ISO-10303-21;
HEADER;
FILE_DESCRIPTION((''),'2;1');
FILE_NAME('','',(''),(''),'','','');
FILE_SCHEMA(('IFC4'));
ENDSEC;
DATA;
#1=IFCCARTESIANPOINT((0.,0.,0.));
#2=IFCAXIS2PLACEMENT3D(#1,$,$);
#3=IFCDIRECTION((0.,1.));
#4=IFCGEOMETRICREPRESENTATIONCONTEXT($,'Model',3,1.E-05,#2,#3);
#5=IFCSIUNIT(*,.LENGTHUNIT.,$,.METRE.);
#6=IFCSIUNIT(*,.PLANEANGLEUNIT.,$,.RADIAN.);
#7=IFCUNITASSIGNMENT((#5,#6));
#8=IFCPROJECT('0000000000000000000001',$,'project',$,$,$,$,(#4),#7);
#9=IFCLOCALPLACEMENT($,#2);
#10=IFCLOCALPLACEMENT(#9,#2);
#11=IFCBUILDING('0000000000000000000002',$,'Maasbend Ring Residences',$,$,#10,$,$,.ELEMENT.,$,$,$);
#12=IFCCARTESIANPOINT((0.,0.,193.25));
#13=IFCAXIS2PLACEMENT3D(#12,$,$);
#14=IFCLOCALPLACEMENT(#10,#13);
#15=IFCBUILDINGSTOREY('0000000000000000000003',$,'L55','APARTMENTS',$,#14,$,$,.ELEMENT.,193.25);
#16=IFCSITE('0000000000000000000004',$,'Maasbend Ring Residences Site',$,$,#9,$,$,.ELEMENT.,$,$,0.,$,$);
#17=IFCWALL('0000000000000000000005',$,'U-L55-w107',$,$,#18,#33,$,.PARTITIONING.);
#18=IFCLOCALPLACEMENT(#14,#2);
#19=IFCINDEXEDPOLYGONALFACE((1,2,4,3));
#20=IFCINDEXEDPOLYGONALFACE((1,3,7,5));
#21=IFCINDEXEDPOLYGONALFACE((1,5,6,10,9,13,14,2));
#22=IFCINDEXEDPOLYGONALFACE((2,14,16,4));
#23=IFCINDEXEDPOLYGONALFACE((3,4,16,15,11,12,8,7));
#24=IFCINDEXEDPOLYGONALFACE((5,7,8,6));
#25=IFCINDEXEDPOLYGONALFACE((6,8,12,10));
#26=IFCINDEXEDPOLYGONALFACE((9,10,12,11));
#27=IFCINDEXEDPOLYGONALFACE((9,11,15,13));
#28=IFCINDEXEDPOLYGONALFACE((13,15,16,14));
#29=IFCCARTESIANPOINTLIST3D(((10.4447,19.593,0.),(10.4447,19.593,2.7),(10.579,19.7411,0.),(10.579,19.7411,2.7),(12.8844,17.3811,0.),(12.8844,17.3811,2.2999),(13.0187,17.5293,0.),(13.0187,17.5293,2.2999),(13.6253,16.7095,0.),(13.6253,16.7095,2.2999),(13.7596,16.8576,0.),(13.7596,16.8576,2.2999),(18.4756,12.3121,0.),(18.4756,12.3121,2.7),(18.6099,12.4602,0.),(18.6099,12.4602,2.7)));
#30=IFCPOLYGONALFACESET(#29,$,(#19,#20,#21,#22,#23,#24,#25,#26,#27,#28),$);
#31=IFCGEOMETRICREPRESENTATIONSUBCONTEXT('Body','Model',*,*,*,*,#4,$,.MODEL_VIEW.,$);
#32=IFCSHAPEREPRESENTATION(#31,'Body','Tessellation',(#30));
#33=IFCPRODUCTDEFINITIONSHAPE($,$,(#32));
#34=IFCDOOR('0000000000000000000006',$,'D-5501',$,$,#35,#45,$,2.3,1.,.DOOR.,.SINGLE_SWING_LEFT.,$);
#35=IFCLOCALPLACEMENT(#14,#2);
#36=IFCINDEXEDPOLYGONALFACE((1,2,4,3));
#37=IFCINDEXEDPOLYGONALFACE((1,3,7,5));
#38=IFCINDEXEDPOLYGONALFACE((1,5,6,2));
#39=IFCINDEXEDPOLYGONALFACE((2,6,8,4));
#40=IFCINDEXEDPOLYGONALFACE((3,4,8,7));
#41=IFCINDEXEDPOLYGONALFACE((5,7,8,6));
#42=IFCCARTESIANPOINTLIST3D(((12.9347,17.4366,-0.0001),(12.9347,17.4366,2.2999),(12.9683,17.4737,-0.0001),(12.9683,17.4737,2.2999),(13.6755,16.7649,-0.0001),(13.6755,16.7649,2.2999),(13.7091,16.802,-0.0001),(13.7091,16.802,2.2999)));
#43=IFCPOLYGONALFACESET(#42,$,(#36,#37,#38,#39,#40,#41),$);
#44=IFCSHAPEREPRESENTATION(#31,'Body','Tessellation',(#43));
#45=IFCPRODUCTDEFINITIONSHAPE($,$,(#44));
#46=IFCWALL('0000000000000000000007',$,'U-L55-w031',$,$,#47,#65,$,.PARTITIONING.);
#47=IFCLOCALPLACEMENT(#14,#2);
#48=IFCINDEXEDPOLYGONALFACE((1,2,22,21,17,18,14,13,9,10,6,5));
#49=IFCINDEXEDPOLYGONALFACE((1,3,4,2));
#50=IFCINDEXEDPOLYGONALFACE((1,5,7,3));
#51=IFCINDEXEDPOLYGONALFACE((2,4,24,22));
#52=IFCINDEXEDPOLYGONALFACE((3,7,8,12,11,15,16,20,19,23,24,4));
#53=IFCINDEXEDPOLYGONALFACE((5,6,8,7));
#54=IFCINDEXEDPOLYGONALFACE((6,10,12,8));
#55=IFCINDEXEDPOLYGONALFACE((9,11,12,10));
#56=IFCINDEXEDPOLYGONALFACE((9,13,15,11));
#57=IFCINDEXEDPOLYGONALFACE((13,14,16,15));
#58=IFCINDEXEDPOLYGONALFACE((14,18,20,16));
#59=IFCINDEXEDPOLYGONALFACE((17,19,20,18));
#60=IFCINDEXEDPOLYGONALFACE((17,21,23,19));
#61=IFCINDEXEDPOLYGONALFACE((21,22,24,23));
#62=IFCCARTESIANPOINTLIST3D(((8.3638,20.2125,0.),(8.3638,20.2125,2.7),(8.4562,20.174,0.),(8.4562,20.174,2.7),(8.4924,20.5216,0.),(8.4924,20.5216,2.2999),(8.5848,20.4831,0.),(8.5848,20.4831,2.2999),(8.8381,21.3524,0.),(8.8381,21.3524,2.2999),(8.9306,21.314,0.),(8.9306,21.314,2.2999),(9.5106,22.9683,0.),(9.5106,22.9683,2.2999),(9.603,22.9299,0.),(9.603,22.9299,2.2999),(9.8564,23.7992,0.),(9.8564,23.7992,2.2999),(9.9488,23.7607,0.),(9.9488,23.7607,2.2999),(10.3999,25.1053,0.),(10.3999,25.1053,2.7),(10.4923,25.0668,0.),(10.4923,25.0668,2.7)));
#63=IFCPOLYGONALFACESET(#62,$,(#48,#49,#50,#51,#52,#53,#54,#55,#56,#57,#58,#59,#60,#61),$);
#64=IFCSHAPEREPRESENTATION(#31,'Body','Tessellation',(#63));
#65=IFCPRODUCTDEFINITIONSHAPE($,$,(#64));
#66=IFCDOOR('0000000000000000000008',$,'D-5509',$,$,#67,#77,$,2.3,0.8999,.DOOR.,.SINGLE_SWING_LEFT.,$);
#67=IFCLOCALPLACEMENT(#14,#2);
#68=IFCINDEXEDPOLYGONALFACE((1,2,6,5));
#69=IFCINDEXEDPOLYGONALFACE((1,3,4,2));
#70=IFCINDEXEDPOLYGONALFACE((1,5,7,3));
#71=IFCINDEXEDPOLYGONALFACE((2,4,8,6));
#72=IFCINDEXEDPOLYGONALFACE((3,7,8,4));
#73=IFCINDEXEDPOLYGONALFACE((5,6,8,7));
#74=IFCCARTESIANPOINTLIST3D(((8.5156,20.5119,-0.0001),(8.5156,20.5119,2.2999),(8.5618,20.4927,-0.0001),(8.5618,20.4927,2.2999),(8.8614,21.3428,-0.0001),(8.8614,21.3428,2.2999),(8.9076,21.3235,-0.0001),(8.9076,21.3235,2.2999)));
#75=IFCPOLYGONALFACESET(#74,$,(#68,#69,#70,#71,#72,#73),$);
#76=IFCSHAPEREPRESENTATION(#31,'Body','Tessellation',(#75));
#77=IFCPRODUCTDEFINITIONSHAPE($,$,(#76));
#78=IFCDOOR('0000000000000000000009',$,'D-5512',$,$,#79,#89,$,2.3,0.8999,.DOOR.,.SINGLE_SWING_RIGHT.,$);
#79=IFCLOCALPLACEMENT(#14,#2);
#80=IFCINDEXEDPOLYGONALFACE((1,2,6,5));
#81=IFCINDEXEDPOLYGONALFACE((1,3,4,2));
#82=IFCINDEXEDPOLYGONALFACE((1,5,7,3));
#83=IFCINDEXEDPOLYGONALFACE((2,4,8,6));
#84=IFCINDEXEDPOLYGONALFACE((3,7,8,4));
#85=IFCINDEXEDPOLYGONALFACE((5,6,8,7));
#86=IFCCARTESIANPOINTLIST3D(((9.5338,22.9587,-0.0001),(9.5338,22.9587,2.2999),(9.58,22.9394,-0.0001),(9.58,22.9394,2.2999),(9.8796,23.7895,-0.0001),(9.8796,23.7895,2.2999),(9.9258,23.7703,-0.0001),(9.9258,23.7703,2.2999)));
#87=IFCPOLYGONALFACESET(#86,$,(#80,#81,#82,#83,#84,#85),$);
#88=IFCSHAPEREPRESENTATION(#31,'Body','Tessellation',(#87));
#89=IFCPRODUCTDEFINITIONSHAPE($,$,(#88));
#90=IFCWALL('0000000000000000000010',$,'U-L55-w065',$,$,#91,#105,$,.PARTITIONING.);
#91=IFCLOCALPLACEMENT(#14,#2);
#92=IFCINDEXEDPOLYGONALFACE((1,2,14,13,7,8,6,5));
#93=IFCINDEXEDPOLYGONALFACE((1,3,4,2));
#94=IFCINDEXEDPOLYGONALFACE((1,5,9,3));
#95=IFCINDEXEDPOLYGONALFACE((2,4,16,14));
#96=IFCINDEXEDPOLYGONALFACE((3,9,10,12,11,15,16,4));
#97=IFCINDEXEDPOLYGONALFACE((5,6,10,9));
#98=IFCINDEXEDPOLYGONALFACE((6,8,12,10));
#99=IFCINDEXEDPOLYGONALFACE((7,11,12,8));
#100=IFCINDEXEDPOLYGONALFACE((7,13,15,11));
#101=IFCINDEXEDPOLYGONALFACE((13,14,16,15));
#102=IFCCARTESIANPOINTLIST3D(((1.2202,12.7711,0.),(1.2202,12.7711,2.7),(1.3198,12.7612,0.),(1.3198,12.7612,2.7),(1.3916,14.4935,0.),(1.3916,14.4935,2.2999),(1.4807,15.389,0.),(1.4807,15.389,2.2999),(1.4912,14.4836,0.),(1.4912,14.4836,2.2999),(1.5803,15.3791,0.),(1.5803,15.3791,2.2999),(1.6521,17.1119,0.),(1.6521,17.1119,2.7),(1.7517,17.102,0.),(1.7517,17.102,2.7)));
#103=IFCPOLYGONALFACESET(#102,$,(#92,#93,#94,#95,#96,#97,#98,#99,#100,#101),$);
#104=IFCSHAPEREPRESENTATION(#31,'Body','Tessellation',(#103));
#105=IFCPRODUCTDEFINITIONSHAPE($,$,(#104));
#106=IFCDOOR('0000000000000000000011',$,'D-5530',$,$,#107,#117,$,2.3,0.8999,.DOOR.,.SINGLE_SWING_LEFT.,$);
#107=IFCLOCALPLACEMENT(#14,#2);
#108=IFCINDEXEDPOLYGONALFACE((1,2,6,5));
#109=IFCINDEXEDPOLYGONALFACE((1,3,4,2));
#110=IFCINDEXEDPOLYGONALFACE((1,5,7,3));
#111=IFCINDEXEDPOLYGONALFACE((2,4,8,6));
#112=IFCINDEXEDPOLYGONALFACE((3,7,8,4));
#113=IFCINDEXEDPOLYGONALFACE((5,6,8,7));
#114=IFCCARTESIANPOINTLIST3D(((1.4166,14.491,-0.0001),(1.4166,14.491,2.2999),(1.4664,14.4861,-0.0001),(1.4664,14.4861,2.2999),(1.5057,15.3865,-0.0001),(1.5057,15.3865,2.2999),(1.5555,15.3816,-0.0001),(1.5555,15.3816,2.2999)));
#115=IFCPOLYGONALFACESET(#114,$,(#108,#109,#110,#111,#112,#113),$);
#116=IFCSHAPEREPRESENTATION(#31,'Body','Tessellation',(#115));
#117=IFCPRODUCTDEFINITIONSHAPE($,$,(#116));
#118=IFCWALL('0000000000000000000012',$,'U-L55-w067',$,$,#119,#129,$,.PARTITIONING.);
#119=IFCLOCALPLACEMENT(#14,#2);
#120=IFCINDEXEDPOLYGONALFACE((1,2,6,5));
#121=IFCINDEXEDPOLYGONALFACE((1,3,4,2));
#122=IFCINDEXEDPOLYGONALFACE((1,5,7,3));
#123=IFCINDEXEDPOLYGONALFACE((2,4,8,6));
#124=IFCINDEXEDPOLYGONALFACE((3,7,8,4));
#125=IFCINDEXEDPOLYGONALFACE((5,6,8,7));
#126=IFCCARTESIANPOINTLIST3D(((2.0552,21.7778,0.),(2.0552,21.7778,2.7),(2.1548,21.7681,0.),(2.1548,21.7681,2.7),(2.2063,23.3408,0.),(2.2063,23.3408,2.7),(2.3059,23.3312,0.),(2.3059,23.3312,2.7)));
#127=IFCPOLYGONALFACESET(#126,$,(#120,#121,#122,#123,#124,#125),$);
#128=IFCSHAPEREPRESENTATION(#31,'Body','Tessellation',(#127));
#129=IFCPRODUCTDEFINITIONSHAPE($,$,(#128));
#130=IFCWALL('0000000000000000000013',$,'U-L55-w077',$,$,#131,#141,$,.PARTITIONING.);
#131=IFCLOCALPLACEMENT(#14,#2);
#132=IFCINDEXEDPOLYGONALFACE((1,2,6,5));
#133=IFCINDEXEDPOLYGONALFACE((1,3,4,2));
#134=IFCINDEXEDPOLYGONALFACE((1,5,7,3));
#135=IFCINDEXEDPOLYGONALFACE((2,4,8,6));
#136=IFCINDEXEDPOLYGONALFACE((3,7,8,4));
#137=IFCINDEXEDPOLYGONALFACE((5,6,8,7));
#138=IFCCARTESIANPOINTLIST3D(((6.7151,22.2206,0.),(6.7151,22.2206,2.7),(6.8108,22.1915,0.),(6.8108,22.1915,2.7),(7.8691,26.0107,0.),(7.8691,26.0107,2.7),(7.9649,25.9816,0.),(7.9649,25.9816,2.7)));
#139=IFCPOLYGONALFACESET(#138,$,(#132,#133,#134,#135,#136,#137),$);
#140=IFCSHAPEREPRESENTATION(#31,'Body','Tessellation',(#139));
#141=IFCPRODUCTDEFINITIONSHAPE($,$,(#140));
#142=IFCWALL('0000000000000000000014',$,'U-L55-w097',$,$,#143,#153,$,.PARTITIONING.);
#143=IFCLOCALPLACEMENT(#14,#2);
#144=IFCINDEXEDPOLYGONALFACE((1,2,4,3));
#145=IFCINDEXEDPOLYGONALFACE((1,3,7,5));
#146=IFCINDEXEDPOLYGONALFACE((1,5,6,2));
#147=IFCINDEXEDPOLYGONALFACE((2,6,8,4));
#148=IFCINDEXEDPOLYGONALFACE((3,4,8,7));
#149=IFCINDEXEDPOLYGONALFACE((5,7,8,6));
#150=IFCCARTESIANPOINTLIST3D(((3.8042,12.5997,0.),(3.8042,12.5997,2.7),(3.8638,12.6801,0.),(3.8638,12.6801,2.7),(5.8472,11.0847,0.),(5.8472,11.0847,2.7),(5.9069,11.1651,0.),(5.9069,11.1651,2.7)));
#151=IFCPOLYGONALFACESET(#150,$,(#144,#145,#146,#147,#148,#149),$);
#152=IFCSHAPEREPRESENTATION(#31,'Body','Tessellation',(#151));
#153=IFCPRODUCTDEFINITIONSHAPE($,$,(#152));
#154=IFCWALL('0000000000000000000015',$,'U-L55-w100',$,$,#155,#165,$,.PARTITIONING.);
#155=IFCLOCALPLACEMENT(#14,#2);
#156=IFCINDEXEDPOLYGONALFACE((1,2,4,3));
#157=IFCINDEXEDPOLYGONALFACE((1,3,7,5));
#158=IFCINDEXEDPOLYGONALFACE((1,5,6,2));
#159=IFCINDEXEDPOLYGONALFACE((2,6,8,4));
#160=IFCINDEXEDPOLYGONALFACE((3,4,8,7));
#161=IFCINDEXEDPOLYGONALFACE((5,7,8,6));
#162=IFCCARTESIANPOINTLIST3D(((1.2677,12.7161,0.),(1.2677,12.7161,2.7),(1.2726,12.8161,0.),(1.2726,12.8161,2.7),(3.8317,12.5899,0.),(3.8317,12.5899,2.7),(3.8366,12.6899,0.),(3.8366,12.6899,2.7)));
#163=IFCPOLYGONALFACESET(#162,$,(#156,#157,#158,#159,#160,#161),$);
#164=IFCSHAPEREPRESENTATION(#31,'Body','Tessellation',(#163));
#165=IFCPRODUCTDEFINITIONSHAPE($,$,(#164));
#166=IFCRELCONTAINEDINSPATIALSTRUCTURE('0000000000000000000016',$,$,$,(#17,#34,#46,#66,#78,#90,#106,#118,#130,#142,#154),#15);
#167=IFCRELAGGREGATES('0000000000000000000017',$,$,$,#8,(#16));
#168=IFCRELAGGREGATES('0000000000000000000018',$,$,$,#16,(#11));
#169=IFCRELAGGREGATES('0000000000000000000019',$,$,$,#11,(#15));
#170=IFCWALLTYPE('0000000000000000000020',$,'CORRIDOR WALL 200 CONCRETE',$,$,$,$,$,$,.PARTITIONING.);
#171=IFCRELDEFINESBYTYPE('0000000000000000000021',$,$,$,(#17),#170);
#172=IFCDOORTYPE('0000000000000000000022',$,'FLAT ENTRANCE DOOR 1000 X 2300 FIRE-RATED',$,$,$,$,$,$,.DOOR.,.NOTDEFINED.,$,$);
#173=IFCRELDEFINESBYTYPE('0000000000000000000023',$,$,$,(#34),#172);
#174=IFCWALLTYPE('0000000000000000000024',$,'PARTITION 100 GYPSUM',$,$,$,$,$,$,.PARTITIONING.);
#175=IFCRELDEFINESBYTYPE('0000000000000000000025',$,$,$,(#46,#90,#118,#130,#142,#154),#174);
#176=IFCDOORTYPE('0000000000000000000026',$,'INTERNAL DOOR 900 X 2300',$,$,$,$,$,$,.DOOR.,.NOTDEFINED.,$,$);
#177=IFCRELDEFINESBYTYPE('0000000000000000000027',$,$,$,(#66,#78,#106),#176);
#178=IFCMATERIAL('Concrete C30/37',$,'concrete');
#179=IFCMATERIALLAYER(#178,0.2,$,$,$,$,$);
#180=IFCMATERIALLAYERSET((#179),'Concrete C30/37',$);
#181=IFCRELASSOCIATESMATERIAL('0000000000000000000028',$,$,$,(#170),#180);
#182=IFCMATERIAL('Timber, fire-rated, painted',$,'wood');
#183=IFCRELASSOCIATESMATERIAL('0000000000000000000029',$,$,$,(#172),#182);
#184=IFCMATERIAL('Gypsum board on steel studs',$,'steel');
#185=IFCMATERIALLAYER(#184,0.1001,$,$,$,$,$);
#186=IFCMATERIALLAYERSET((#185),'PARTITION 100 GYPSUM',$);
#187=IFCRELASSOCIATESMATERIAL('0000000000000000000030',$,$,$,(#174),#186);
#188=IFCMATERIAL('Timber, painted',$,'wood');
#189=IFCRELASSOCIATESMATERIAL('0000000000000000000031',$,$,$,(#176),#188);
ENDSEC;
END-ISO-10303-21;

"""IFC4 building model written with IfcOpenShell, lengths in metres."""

from ifc_helpers import new_model, si_unit, direction, frame, frame_2d, origin, place, context, subcontext, project, spatial, rectangle, extrude, material, layer, layer_set, type_object, element, fill, save


model = new_model("IFC4")

# Units and contexts
model_context = context("Model", 3, precision=1e-05, world=origin(), true_north=direction((0.0, 1.0)))
body_context = subcontext(model_context, "Body", "Model", "MODEL_VIEW")
ifc_project = project(units=[si_unit("LENGTHUNIT", "METRE"), si_unit("PLANEANGLEUNIT", "RADIAN")], contexts=[model_context])

# Site, building, storey
site_placement = place(None, origin())
site = spatial("IfcSite", under=ifc_project, at=site_placement, Name="Maasbend Ring Residences Site", CompositionType="ELEMENT", RefElevation=0.0)
building_placement = place(site_placement, origin())
building = spatial("IfcBuilding", under=site, at=building_placement, Name="Maasbend Ring Residences", CompositionType="ELEMENT")
storey_placement = place(building_placement, frame((0.0, 0.0, 193.25)))
storey = spatial("IfcBuildingStorey", under=building, at=storey_placement, Name="L55", Description="APARTMENTS", CompositionType="ELEMENT", Elevation=193.25)

# Wall, opening, door
ifc_material_1 = material(Name="Concrete C30/37", Category="concrete")
ifc_layer_1 = layer(ifc_material_1, 0.2)
ifc_layer_set_1 = layer_set([ifc_layer_1], Name="Concrete C30/37")
wall_type_1 = type_object("IfcWallType", Name="CORRIDOR WALL 200 CONCRETE", PredefinedType="PARTITIONING", material=ifc_layer_set_1)
ifc_material_2 = material(Name="Timber, fire-rated, painted", Category="wood")
door_type_1 = type_object("IfcDoorType", Name="FLAT ENTRANCE DOOR 1000 X 2300 FIRE-RATED", OperationType="NOTDEFINED", PredefinedType="DOOR", material=ifc_material_2)
wall_1_placement = place(storey_placement, frame((10.512, 19.667, 0.0), z_axis=(0.0, 0.0, 1.0), x_axis=(0.740854, -0.671667, 0.0)))
wall_1 = element("IfcWall", 1, at=wall_1_placement, inside=storey, type_object=wall_type_1, Name="U-L55-w107", PredefinedType="PARTITIONING", context=body_context, shape_type="SweptSolid", body=[
    extrude(rectangle(XDim=10.8401, YDim=0.2, at=frame_2d((5.4199, 0.0))), origin(), (0.0, 0.0, 1.0), 2.7),
])
opening_1_placement = place(wall_1_placement, frame((3.293, 0.0, 0.0)))
opening_1 = element("IfcOpeningElement", 2, at=opening_1_placement, cuts=wall_1, PredefinedType="OPENING", context=body_context, shape_type="SweptSolid", body=[
    extrude(rectangle(XDim=1.0, YDim=2.3, at=frame_2d((0.5, 1.1499))), frame((0.0, 0.1099, 0.0), z_axis=(0.0, -1.0, 0.0), x_axis=(1.0, 0.0, 0.0)), (0.0, 0.0, 1.0), 0.22),
])
door_1_placement = place(opening_1_placement, origin())
door_1 = element("IfcDoor", 3, at=door_1_placement, inside=storey, type_object=door_type_1, Name="D-5501", OperationType="SINGLE_SWING_LEFT", OverallHeight=2.3, OverallWidth=1.0, PredefinedType="DOOR", context=body_context, shape_type="SweptSolid", body=[
    extrude(rectangle(XDim=1.0, YDim=2.3, at=frame_2d((0.5, 1.1499))), frame((0.0, 0.0249, 0.0), z_axis=(0.0, -1.0, 0.0), x_axis=(1.0, 0.0, 0.0)), (0.0, 0.0, 1.0), 0.05),
])
fill(opening_1, door_1)

# Wall, openings, doors
ifc_material_3 = material(Name="Gypsum board on steel studs", Category="steel")
ifc_layer_2 = layer(ifc_material_3, 0.1001)
ifc_layer_set_2 = layer_set([ifc_layer_2], Name="PARTITION 100 GYPSUM")
wall_type_2 = type_object("IfcWallType", Name="PARTITION 100 GYPSUM", PredefinedType="PARTITIONING", material=ifc_layer_set_2)
wall_2_placement = place(storey_placement, frame((8.4099, 20.1931, 0.0), z_axis=(0.0, 0.0, 1.0), x_axis=(0.384206, 0.923247, 0.0)))
wall_2 = element("IfcWall", 4, at=wall_2_placement, inside=storey, type_object=wall_type_2, Name="U-L55-w031", PredefinedType="PARTITIONING", context=body_context, shape_type="SweptSolid", body=[
    extrude(rectangle(XDim=5.2996, YDim=0.1001, at=frame_2d((2.6499, 0.0))), origin(), (0.0, 0.0, 1.0), 2.7),
])
opening_2_placement = place(wall_2_placement, frame((0.335, 0.0, 0.0)))
opening_2 = element("IfcOpeningElement", 5, at=opening_2_placement, cuts=wall_2, PredefinedType="OPENING", context=body_context, shape_type="SweptSolid", body=[
    extrude(rectangle(XDim=0.8999, YDim=2.3, at=frame_2d((0.45, 1.1499))), frame((0.0, 0.0601, 0.0), z_axis=(0.0, -1.0, 0.0), x_axis=(1.0, 0.0, 0.0)), (0.0, 0.0, 1.0), 0.1201),
])
opening_3_placement = place(wall_2_placement, frame((2.9851, 0.0, 0.0)))
opening_3 = element("IfcOpeningElement", 6, at=opening_3_placement, cuts=wall_2, PredefinedType="OPENING", context=body_context, shape_type="SweptSolid", body=[
    extrude(rectangle(XDim=0.8999, YDim=2.3, at=frame_2d((0.45, 1.1499))), frame((0.0, 0.0601, 0.0), z_axis=(0.0, -1.0, 0.0), x_axis=(1.0, 0.0, 0.0)), (0.0, 0.0, 1.0), 0.1201),
])
ifc_material_4 = material(Name="Timber, painted", Category="wood")
door_type_2 = type_object("IfcDoorType", Name="INTERNAL DOOR 900 X 2300", OperationType="NOTDEFINED", PredefinedType="DOOR", material=ifc_material_4)
door_2_placement = place(opening_2_placement, origin())
door_2 = element("IfcDoor", 7, at=door_2_placement, inside=storey, type_object=door_type_2, Name="D-5509", OperationType="SINGLE_SWING_LEFT", OverallHeight=2.3, OverallWidth=0.8999, PredefinedType="DOOR", context=body_context, shape_type="SweptSolid", body=[
    extrude(rectangle(XDim=0.8999, YDim=2.3, at=frame_2d((0.45, 1.1499))), frame((0.0, 0.0249, 0.0), z_axis=(0.0, -1.0, 0.0), x_axis=(1.0, 0.0, 0.0)), (0.0, 0.0, 1.0), 0.05),
])
fill(opening_2, door_2)
door_3_placement = place(opening_3_placement, origin())
door_3 = element("IfcDoor", 8, at=door_3_placement, inside=storey, type_object=door_type_2, Name="D-5512", OperationType="SINGLE_SWING_RIGHT", OverallHeight=2.3, OverallWidth=0.8999, PredefinedType="DOOR", context=body_context, shape_type="SweptSolid", body=[
    extrude(rectangle(XDim=0.8999, YDim=2.3, at=frame_2d((0.45, 1.1499))), frame((0.0, 0.0249, 0.0), z_axis=(0.0, -1.0, 0.0), x_axis=(1.0, 0.0, 0.0)), (0.0, 0.0, 1.0), 0.05),
])
fill(opening_3, door_3)

# Wall, opening, door
wall_3_placement = place(storey_placement, frame((1.27, 12.7661, 0.0), z_axis=(0.0, 0.0, 1.0), x_axis=(0.099005, 0.995087, 0.0)))
wall_3 = element("IfcWall", 9, at=wall_3_placement, inside=storey, type_object=wall_type_2, Name="U-L55-w065", PredefinedType="PARTITIONING", context=body_context, shape_type="SweptSolid", body=[
    extrude(rectangle(XDim=4.3623, YDim=0.1001, at=frame_2d((2.1812, 0.0))), origin(), (0.0, 0.0, 1.0), 2.7),
])
opening_4_placement = place(wall_3_placement, frame((1.731, 0.0, 0.0)))
opening_4 = element("IfcOpeningElement", 10, at=opening_4_placement, cuts=wall_3, PredefinedType="OPENING", context=body_context, shape_type="SweptSolid", body=[
    extrude(rectangle(XDim=0.8999, YDim=2.3, at=frame_2d((0.45, 1.1499))), frame((0.0, 0.0601, 0.0), z_axis=(0.0, -1.0, 0.0), x_axis=(1.0, 0.0, 0.0)), (0.0, 0.0, 1.0), 0.1201),
])
door_4_placement = place(opening_4_placement, origin())
door_4 = element("IfcDoor", 11, at=door_4_placement, inside=storey, type_object=door_type_2, Name="D-5530", OperationType="SINGLE_SWING_LEFT", OverallHeight=2.3, OverallWidth=0.8999, PredefinedType="DOOR", context=body_context, shape_type="SweptSolid", body=[
    extrude(rectangle(XDim=0.8999, YDim=2.3, at=frame_2d((0.45, 1.1499))), frame((0.0, 0.0249, 0.0), z_axis=(0.0, -1.0, 0.0), x_axis=(1.0, 0.0, 0.0)), (0.0, 0.0, 1.0), 0.05),
])
fill(opening_4, door_4)

# Walls
wall_4_placement = place(storey_placement, frame((2.105, 21.7729, 0.0), z_axis=(0.0, 0.0, 1.0), x_axis=(0.09624, 0.995358, 0.0)))
element("IfcWall", 12, at=wall_4_placement, inside=storey, type_object=wall_type_2, Name="U-L55-w067", PredefinedType="PARTITIONING", context=body_context, shape_type="SweptSolid", body=[
    extrude(rectangle(XDim=1.5703, YDim=0.1001, at=frame_2d((0.7852, 0.0))), origin(), (0.0, 0.0, 1.0), 2.7),
])
wall_5_placement = place(storey_placement, frame((6.7629, 22.2061, 0.0), z_axis=(0.0, 0.0, 1.0), x_axis=(0.291292, 0.956634, 0.0)))
element("IfcWall", 13, at=wall_5_placement, inside=storey, type_object=wall_type_2, Name="U-L55-w077", PredefinedType="PARTITIONING", context=body_context, shape_type="SweptSolid", body=[
    extrude(rectangle(XDim=3.9619, YDim=0.1001, at=frame_2d((1.981, 0.0))), origin(), (0.0, 0.0, 1.0), 2.7),
])
wall_6_placement = place(storey_placement, frame((3.834, 12.6399, 0.0), z_axis=(0.0, 0.0, 1.0), x_axis=(0.80326, -0.595629, 0.0)))
element("IfcWall", 14, at=wall_6_placement, inside=storey, type_object=wall_type_2, Name="U-L55-w097", PredefinedType="PARTITIONING", context=body_context, shape_type="SweptSolid", body=[
    extrude(rectangle(XDim=2.5435, YDim=0.1001, at=frame_2d((1.2717, 0.0))), origin(), (0.0, 0.0, 1.0), 2.7),
])
wall_7_placement = place(storey_placement, frame((1.27, 12.7661, 0.0), z_axis=(0.0, 0.0, 1.0), x_axis=(0.99879, -0.049169, 0.0)))
element("IfcWall", 15, at=wall_7_placement, inside=storey, type_object=wall_type_2, Name="U-L55-w100", PredefinedType="PARTITIONING", context=body_context, shape_type="SweptSolid", body=[
    extrude(rectangle(XDim=2.5671, YDim=0.1001, at=frame_2d((1.2837, 0.0))), origin(), (0.0, 0.0, 1.0), 2.7),
])

save(model, "model.ifc")
